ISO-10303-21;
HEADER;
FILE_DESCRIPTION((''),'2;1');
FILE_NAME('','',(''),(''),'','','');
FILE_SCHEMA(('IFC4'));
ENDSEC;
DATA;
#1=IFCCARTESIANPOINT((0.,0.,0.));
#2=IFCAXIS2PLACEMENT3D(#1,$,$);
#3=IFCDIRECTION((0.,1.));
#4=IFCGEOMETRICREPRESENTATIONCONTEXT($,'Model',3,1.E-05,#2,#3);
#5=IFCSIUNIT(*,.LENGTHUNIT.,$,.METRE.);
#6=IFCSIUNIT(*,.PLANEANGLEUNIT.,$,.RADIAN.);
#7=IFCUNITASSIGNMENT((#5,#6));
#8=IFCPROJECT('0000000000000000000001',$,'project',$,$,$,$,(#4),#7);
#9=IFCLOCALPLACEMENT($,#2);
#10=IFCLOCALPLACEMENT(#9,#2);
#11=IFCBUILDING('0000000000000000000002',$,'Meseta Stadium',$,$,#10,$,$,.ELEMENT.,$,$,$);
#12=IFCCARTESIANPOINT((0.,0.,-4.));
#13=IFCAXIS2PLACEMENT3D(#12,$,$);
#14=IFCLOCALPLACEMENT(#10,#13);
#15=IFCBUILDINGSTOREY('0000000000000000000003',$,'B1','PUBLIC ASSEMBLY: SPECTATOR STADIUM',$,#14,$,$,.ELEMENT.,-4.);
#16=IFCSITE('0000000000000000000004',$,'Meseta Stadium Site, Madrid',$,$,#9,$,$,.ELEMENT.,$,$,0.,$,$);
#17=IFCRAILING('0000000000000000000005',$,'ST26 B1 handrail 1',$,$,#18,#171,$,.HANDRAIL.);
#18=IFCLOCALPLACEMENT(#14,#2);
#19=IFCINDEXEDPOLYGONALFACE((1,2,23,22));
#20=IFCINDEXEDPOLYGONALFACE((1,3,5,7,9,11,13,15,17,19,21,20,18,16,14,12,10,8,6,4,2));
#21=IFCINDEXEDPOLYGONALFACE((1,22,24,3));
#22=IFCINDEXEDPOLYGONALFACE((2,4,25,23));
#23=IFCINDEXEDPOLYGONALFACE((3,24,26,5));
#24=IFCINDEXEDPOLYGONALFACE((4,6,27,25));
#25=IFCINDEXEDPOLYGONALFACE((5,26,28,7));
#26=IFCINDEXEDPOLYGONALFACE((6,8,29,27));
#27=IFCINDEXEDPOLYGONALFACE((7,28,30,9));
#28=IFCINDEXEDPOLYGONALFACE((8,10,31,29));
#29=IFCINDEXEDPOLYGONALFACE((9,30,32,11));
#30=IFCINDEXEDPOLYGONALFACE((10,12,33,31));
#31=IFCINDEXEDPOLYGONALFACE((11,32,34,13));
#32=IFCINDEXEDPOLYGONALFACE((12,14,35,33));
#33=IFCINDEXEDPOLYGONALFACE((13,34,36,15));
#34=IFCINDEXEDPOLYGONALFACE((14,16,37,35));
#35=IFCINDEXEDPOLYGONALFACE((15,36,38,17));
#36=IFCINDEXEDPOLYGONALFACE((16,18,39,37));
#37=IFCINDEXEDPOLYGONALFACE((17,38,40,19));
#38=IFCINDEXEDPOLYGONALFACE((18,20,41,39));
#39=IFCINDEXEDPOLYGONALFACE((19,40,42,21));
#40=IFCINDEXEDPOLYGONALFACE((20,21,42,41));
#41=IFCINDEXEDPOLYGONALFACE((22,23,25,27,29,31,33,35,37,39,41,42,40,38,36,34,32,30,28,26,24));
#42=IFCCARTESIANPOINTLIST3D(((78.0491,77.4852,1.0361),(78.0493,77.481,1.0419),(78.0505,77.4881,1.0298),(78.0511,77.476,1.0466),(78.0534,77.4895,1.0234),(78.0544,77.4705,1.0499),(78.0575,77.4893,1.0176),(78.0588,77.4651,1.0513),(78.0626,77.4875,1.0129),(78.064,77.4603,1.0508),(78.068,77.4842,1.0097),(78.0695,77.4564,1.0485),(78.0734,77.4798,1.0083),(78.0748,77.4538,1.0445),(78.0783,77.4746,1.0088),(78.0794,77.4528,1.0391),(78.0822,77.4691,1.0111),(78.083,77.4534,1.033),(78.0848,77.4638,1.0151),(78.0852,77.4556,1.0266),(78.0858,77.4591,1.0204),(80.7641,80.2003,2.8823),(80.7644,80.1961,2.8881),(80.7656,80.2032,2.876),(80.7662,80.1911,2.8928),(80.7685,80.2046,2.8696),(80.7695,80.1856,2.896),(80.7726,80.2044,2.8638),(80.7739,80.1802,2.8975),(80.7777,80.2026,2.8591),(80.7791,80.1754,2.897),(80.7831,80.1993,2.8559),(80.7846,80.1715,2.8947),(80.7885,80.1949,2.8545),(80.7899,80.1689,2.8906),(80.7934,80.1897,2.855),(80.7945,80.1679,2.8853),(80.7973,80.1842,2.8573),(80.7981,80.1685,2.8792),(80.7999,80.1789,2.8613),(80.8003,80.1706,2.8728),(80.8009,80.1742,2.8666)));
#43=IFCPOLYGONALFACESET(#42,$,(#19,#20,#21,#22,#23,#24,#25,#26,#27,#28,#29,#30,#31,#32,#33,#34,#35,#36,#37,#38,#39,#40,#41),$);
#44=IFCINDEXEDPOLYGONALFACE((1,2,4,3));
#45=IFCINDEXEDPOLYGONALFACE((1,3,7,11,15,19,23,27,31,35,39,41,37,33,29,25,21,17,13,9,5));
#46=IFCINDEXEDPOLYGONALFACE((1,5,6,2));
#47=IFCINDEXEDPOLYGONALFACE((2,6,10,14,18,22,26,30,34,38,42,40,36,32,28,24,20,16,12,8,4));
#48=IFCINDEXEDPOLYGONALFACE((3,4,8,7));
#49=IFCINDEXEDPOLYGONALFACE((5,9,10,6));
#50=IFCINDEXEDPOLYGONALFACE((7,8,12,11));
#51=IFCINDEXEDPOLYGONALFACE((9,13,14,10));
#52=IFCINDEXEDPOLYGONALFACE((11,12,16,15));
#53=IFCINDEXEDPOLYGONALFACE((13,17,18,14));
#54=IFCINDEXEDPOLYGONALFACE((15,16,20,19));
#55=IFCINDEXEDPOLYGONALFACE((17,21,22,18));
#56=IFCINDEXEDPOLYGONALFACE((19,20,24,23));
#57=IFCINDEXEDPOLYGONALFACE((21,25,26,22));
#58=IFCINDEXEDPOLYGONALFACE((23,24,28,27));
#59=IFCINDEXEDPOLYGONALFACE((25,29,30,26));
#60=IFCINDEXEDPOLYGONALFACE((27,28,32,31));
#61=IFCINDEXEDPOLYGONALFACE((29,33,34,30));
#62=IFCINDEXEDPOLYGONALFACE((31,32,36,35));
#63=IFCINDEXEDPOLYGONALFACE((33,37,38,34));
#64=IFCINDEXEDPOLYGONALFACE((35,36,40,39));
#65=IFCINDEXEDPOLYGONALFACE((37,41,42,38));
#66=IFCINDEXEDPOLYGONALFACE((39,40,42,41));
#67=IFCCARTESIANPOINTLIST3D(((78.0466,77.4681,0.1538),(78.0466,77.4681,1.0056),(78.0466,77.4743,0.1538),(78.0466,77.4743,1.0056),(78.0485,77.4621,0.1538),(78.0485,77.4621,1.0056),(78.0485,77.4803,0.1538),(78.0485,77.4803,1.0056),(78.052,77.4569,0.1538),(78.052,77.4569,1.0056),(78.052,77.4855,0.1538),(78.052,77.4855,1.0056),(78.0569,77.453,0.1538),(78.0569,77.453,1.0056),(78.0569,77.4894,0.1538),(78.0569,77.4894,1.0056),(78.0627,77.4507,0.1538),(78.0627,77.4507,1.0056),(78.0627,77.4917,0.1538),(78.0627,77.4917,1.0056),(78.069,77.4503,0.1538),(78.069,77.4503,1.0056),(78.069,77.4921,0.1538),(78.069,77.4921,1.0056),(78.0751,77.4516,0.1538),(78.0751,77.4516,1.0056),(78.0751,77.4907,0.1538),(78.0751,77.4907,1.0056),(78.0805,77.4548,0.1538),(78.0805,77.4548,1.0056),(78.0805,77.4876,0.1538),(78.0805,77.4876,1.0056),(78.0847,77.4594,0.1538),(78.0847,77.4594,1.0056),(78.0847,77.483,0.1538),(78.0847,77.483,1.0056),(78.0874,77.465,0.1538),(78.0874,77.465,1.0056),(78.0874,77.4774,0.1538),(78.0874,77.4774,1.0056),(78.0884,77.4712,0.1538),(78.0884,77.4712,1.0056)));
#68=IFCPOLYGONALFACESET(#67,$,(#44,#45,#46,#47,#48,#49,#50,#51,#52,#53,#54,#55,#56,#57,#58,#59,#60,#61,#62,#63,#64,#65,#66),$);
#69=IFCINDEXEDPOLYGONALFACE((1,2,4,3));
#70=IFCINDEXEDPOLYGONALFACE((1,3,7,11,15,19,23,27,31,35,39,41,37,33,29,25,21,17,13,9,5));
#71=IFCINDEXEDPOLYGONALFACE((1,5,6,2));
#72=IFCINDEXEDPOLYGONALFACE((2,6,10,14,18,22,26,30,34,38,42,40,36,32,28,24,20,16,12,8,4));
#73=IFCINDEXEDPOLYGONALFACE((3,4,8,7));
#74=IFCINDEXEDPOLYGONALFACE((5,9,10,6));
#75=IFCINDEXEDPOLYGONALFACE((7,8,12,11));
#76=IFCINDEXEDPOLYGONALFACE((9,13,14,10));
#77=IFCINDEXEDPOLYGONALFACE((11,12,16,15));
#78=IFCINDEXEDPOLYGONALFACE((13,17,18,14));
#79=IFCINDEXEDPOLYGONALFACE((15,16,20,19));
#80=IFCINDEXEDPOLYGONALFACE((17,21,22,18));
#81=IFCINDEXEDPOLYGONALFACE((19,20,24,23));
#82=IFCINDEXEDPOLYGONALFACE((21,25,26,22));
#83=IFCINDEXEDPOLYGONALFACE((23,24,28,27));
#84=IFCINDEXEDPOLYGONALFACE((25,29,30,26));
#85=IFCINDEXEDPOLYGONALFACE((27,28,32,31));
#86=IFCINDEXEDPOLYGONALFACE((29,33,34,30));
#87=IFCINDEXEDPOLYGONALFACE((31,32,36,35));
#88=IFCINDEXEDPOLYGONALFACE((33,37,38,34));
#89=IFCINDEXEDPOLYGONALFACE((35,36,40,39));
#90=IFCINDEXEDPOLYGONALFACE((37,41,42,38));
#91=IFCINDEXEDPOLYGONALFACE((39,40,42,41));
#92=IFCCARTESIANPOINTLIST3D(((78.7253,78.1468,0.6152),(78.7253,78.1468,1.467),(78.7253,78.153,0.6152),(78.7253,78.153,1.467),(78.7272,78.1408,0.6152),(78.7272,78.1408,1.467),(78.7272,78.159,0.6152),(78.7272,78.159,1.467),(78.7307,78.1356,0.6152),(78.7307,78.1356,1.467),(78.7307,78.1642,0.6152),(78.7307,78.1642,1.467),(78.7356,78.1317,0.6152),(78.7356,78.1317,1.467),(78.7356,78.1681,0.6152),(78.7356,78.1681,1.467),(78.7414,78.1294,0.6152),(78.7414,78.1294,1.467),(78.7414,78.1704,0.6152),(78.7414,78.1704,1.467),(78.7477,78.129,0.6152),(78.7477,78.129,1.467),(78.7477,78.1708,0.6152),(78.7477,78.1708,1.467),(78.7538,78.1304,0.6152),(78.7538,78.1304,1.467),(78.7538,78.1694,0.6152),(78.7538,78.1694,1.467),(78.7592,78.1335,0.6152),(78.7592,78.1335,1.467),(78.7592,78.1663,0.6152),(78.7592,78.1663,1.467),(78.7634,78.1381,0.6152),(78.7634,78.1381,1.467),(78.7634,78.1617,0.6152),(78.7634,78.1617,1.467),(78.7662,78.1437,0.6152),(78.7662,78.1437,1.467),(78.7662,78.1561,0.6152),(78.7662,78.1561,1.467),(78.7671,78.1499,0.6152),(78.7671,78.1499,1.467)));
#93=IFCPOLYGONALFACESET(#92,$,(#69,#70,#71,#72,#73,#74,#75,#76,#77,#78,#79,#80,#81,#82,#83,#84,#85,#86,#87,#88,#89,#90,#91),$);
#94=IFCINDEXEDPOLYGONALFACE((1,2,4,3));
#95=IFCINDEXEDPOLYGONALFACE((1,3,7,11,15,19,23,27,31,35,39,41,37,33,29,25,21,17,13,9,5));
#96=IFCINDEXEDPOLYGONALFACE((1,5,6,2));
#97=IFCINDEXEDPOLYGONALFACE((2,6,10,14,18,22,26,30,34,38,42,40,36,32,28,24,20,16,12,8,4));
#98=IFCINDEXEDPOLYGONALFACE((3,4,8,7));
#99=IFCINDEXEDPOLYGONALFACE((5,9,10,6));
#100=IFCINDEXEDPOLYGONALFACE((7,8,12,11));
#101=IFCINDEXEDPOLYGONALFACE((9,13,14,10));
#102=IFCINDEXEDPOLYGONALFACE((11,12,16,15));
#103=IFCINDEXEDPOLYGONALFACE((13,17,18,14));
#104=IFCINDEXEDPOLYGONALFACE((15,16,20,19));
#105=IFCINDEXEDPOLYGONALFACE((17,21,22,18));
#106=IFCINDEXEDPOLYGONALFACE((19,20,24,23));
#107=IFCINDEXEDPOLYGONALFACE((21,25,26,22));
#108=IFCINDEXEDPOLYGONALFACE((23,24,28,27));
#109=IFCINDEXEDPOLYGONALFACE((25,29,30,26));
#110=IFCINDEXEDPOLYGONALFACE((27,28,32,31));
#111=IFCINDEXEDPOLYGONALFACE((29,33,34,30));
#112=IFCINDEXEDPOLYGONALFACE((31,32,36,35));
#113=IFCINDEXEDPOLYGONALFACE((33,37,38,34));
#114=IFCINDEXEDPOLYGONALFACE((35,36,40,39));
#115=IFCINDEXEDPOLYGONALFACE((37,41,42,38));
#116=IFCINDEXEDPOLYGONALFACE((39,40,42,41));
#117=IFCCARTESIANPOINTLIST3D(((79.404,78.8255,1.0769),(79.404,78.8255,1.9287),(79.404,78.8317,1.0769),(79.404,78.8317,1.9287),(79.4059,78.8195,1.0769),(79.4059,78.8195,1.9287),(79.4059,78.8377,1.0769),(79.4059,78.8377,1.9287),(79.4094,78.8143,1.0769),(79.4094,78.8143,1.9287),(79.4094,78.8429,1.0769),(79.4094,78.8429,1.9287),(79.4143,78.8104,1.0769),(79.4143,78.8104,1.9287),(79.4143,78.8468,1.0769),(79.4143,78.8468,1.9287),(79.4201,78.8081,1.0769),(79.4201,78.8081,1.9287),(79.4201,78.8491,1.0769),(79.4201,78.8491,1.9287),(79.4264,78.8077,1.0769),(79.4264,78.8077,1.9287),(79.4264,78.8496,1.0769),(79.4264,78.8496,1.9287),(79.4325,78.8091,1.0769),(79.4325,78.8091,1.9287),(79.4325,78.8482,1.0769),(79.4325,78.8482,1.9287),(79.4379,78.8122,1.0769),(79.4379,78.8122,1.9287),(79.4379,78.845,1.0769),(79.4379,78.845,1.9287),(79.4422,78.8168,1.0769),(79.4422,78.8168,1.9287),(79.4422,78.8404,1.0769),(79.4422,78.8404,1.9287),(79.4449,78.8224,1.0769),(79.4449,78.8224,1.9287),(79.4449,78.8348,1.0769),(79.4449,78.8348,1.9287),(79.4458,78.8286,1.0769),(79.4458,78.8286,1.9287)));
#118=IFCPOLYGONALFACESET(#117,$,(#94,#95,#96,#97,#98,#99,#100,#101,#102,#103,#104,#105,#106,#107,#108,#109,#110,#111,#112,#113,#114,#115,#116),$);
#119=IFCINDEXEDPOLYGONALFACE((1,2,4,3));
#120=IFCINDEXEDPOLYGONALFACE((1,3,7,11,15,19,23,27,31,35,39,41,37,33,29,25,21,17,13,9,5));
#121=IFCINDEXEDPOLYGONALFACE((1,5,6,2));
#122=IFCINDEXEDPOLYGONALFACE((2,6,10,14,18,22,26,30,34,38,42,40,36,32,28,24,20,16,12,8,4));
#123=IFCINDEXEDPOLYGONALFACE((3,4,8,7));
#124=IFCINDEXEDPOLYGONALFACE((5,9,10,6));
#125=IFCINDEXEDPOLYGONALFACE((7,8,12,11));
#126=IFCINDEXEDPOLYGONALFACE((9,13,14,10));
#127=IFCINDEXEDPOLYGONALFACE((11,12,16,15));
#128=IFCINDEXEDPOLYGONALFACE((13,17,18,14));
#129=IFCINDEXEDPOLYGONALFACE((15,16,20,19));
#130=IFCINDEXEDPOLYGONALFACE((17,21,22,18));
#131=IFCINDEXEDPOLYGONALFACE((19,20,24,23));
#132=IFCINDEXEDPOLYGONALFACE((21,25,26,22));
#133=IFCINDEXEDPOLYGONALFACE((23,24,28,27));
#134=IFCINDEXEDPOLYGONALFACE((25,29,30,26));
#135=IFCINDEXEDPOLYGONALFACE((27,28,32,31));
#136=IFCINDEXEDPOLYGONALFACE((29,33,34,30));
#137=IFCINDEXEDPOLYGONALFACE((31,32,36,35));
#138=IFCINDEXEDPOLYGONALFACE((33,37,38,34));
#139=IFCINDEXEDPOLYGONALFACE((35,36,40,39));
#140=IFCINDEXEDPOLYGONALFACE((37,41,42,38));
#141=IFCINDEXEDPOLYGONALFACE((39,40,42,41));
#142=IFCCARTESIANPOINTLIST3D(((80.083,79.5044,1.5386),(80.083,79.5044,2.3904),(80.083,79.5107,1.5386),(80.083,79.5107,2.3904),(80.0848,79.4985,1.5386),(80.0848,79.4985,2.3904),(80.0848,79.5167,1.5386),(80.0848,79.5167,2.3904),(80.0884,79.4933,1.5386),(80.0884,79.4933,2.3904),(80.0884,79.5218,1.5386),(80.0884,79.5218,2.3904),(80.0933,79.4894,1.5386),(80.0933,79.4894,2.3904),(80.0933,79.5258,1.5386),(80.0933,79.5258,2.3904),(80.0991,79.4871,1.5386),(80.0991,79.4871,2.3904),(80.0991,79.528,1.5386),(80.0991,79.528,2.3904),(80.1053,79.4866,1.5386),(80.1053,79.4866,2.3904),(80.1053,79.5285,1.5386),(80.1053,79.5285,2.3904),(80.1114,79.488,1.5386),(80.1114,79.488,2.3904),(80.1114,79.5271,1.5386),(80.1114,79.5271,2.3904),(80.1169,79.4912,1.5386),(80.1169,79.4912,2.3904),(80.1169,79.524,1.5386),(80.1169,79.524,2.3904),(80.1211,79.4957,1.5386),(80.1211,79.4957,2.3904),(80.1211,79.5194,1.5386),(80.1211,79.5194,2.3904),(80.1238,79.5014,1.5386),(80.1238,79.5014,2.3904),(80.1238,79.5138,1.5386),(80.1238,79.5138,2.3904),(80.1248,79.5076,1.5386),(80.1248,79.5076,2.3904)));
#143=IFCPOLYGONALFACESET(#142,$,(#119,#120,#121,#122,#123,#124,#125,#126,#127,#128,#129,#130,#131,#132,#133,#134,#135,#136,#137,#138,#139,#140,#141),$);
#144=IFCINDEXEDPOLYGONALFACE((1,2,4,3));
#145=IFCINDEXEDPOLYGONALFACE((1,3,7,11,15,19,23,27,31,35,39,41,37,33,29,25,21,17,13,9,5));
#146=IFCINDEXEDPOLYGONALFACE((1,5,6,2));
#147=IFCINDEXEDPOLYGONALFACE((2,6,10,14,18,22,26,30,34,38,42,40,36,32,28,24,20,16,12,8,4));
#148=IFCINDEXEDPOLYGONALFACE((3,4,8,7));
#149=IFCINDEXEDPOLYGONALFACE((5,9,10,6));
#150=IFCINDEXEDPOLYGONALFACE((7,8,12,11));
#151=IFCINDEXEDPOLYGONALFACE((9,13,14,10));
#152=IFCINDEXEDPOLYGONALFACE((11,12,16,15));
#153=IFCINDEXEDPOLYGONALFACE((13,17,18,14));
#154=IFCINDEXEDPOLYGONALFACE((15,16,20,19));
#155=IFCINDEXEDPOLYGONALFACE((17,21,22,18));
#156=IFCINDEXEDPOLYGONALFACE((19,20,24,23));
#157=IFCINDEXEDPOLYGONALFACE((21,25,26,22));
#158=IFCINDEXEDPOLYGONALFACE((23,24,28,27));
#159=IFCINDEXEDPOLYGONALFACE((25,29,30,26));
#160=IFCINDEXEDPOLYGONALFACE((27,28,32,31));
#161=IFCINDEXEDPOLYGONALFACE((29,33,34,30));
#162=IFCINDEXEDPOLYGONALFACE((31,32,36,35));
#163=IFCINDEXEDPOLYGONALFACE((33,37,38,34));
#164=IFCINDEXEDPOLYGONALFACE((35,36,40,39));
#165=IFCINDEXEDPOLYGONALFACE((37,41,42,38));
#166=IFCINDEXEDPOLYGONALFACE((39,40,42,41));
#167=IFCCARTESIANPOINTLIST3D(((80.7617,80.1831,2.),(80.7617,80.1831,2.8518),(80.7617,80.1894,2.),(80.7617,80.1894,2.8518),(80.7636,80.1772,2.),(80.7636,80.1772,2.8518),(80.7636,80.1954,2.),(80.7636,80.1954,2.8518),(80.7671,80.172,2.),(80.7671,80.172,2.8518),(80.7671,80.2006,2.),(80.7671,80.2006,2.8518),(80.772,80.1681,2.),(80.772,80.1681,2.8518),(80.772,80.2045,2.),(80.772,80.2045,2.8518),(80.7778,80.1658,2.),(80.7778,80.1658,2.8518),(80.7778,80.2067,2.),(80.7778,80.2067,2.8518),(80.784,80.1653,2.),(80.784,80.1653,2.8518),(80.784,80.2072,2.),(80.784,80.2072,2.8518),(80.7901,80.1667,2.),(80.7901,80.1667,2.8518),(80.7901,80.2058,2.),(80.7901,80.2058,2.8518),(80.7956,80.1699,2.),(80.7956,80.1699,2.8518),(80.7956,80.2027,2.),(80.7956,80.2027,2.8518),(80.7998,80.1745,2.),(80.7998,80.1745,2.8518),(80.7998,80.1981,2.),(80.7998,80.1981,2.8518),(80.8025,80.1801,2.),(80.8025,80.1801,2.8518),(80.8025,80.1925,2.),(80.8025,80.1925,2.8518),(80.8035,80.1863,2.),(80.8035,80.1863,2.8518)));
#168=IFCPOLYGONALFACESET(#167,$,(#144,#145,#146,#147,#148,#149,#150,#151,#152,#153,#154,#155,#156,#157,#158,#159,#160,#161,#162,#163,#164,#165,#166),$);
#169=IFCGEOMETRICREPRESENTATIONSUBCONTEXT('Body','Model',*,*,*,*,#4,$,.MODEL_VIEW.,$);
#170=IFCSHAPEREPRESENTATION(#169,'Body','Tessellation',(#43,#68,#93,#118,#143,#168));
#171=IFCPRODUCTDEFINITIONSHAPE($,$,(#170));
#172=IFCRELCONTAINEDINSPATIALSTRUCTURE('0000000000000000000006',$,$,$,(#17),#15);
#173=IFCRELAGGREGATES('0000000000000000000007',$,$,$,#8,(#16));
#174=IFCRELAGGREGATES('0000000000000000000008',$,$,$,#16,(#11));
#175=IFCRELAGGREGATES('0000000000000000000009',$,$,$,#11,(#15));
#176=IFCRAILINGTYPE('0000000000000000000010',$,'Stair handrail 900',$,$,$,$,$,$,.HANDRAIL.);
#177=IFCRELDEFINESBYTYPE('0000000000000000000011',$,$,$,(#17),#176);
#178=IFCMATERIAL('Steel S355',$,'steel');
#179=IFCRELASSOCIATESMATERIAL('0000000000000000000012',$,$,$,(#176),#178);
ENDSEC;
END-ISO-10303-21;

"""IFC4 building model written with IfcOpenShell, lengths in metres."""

from ifc_helpers import new_model, si_unit, direction, frame, origin, origin_2d, place, context, subcontext, project, spatial, circle, extrude, material, type_object, element, save


model = new_model("IFC4")

# Units and contexts
model_context = context("Model", 3, precision=1e-05, world=origin(), true_north=direction((0.0, 1.0)))
body_context = subcontext(model_context, "Body", "Model", "MODEL_VIEW")
ifc_project = project(units=[si_unit("LENGTHUNIT", "METRE"), si_unit("PLANEANGLEUNIT", "RADIAN")], contexts=[model_context])

# Site, building, storey
site_placement = place(None, origin())
site = spatial("IfcSite", under=ifc_project, at=site_placement, Name="Meseta Stadium Site, Madrid", CompositionType="ELEMENT", RefElevation=0.0)
building_placement = place(site_placement, origin())
building = spatial("IfcBuilding", under=site, at=building_placement, Name="Meseta Stadium", CompositionType="ELEMENT")
storey_placement = place(building_placement, frame((0.0, 0.0, -4.0)))
storey = spatial("IfcBuildingStorey", under=building, at=storey_placement, Name="B1", Description="PUBLIC ASSEMBLY: SPECTATOR STADIUM", CompositionType="ELEMENT", Elevation=-4.0)

# Railing
ifc_material_1 = material(Name="Steel S355", Category="steel")
railing_type_1 = type_object("IfcRailingType", Name="Stair handrail 900", PredefinedType="HANDRAIL", material=ifc_material_1)
railing_1_placement = place(storey_placement, frame((78.0674, 77.4712, 0.1538)))
element("IfcRailing", 1, at=railing_1_placement, inside=storey, type_object=railing_type_1, Name="ST26 B1 handrail 1", PredefinedType="HANDRAIL", context=body_context, shape_type="SweptSolid", body=[
    extrude(circle(Radius=0.0239, at=origin_2d()), frame((0.0, 0.0, 0.876), z_axis=(0.63727, 0.63727, 0.433328), x_axis=(-0.707107, 0.707107, 0.0)), (0.0, 0.0, 1.0), 4.2605),
    extrude(circle(Radius=0.021, at=origin_2d()), origin(), (0.0, 0.0, 1.0), 0.8518),
    extrude(circle(Radius=0.021, at=origin_2d()), frame((0.6787, 0.6787, 0.4614)), (0.0, 0.0, 1.0), 0.8518),
    extrude(circle(Radius=0.021, at=origin_2d()), frame((1.3574, 1.3574, 0.9231)), (0.0, 0.0, 1.0), 0.8518),
    extrude(circle(Radius=0.021, at=origin_2d()), frame((2.0364, 2.0364, 1.3848)), (0.0, 0.0, 1.0), 0.8518),
    extrude(circle(Radius=0.021, at=origin_2d()), frame((2.7151, 2.7151, 1.8462)), (0.0, 0.0, 1.0), 0.8518),
])

save(model, "model.ifc")
